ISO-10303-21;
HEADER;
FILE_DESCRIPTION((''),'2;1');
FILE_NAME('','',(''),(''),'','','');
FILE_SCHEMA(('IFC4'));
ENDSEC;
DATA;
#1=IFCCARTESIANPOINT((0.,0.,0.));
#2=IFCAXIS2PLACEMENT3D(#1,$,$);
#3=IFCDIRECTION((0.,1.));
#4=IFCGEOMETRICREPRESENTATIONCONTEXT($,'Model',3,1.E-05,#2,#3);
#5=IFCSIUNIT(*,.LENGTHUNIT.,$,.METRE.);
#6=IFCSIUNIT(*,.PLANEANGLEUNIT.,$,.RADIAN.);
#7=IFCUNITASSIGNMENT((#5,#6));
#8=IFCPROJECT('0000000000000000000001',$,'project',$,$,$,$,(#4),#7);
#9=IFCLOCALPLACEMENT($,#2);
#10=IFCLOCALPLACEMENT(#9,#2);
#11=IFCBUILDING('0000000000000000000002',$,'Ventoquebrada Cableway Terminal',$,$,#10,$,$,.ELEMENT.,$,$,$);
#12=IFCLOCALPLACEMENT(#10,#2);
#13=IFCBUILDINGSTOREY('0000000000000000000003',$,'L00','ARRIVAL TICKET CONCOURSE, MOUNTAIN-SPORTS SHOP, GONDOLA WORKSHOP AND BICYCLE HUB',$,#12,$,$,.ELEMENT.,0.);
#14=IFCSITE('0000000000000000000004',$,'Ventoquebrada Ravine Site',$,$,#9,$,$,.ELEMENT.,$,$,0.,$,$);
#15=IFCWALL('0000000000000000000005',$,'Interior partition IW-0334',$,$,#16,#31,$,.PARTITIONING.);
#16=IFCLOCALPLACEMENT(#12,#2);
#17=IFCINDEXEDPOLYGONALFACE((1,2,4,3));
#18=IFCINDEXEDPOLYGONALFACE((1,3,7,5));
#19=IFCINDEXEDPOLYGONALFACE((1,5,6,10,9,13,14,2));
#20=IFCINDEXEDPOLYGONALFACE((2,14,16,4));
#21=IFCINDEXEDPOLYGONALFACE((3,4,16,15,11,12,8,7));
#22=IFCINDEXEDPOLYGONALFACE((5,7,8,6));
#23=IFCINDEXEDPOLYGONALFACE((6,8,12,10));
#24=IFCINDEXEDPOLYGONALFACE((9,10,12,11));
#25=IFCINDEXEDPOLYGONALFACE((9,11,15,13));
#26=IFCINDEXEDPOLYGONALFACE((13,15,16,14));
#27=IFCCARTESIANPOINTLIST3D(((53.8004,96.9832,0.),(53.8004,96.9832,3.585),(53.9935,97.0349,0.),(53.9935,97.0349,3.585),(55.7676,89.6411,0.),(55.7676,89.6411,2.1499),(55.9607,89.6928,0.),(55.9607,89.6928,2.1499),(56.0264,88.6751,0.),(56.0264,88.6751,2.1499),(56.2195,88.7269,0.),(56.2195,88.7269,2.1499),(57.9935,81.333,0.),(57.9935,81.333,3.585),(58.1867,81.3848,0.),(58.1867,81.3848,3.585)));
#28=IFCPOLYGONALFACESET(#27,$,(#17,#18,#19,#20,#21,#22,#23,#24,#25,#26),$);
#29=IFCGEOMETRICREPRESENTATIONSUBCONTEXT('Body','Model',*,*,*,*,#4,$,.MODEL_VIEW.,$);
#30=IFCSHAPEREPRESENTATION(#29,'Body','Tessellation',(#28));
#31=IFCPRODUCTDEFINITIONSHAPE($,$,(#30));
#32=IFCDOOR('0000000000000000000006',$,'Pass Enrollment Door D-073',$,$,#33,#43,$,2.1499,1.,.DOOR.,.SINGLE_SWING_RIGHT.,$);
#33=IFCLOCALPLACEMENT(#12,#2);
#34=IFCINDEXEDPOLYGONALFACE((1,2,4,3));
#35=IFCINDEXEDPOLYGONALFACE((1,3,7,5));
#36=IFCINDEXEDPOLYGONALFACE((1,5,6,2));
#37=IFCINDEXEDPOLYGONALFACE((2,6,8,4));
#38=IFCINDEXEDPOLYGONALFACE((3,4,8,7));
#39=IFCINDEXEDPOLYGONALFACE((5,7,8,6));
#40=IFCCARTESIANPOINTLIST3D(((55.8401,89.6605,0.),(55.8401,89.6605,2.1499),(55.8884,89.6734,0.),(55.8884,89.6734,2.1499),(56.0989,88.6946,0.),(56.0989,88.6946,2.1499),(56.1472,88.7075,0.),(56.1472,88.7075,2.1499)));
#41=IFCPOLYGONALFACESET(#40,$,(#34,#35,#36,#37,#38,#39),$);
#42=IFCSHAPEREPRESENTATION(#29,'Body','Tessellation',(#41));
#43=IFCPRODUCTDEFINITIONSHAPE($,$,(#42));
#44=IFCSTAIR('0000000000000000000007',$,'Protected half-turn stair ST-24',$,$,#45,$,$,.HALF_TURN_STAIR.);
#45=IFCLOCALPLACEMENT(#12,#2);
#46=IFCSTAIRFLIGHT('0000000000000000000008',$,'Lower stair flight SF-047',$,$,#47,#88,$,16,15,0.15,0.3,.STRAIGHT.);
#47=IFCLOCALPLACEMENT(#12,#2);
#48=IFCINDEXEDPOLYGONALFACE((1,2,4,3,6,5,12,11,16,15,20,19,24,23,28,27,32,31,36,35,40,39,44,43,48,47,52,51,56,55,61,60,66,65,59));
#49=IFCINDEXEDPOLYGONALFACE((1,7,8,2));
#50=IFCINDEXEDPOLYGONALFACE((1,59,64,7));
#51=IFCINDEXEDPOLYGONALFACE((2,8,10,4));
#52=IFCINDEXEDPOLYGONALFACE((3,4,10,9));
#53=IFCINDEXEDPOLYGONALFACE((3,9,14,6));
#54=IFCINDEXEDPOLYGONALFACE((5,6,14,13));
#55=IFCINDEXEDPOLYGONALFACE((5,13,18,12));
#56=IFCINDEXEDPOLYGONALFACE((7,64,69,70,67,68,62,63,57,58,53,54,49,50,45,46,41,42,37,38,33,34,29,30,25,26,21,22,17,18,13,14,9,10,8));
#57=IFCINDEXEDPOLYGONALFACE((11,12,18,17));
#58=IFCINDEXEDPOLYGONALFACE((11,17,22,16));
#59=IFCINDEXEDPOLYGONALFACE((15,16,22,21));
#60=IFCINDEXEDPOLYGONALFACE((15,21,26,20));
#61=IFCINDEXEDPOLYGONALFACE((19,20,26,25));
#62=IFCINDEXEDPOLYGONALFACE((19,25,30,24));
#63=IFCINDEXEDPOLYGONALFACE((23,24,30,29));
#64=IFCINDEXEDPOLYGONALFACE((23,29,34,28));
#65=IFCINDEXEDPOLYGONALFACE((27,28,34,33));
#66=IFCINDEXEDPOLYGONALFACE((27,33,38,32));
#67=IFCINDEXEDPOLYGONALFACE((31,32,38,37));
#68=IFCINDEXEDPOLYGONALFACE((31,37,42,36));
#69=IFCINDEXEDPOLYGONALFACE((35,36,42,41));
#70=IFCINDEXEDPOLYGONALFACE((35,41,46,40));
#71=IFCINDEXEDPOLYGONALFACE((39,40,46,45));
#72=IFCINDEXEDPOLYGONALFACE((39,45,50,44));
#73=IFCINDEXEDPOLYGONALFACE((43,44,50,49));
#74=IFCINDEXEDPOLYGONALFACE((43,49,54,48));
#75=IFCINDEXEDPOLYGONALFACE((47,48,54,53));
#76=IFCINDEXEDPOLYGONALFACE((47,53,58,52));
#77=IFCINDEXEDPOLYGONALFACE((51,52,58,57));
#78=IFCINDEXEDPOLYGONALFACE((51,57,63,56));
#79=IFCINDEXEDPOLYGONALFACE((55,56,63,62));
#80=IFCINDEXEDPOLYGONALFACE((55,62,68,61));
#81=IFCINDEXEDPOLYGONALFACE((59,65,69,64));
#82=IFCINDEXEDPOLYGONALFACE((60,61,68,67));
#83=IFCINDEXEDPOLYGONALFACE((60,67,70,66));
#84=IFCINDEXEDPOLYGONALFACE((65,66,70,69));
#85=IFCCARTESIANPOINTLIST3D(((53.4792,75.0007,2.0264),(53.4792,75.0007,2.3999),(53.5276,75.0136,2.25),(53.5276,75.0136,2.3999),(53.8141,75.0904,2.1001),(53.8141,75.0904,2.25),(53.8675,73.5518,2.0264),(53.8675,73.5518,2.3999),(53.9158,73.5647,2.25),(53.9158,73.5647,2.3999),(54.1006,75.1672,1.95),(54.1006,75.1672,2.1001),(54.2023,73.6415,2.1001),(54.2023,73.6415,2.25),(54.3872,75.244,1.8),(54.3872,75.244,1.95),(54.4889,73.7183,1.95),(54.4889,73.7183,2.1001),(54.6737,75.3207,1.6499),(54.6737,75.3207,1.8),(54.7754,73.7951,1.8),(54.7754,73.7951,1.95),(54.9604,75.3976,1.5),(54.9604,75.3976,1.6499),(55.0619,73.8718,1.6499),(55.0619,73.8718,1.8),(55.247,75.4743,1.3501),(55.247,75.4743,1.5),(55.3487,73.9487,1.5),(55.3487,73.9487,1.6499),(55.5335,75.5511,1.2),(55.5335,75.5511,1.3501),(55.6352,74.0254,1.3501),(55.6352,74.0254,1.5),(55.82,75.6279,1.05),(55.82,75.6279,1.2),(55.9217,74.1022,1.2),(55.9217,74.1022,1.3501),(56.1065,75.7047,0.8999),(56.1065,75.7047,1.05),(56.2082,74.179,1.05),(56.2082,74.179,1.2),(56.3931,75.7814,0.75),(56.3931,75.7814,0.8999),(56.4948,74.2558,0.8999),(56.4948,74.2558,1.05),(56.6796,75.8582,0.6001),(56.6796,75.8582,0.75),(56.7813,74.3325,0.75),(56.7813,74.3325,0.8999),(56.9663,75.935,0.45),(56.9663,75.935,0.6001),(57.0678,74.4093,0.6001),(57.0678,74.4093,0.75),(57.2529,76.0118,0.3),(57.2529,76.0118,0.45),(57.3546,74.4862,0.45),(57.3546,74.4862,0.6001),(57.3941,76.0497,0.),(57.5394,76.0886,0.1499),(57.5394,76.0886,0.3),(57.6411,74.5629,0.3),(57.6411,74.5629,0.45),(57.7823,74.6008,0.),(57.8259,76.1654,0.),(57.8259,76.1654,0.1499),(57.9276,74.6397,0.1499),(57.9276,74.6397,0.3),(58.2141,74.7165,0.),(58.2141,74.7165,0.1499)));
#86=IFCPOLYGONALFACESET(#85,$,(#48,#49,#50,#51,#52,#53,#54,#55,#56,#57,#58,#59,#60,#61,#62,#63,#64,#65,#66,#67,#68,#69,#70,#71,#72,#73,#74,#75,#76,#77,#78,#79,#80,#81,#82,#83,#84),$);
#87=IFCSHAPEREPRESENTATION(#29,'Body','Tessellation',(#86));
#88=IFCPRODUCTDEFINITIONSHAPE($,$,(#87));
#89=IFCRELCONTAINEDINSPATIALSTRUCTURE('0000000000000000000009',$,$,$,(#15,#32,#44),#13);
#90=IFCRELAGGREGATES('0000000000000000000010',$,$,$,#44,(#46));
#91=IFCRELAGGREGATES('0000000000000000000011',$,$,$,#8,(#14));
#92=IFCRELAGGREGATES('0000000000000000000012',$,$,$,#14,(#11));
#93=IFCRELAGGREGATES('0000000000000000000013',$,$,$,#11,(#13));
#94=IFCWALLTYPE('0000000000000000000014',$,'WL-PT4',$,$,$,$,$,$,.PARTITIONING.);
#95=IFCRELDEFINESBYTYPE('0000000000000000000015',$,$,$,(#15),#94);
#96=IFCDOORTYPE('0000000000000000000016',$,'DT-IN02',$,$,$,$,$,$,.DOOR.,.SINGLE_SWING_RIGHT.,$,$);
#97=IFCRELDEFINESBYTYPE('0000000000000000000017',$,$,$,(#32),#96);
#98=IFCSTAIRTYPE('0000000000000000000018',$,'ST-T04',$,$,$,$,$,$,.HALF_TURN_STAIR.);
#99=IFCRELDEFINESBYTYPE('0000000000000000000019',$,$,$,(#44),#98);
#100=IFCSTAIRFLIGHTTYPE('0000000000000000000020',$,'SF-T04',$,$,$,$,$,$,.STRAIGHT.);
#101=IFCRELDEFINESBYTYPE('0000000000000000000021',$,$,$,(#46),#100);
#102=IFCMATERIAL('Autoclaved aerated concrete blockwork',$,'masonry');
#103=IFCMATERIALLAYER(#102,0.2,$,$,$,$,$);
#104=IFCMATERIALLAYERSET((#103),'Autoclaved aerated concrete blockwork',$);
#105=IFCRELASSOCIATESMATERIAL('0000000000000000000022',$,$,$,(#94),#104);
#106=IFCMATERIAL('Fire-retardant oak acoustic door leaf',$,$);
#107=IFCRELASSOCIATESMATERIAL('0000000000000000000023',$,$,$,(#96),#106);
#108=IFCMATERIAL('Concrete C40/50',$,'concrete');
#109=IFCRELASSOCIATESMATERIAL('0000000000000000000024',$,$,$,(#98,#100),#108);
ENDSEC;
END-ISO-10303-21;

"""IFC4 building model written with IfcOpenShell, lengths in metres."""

from ifc_helpers import new_model, si_unit, direction, frame, frame_2d, origin, place, context, subcontext, project, spatial, polyline, rectangle, outline, extrude, material, layer, layer_set, type_object, element, fill, aggregate, save


model = new_model("IFC4")

# Units and contexts
model_context = context("Model", 3, precision=1e-05, world=origin(), true_north=direction((0.0, 1.0)))
body_context = subcontext(model_context, "Body", "Model", "MODEL_VIEW")
ifc_project = project(units=[si_unit("LENGTHUNIT", "METRE"), si_unit("PLANEANGLEUNIT", "RADIAN")], contexts=[model_context])

# Site, building, storey
site_placement = place(None, origin())
site = spatial("IfcSite", under=ifc_project, at=site_placement, Name="Ventoquebrada Ravine Site", CompositionType="ELEMENT", RefElevation=0.0)
building_placement = place(site_placement, origin())
building = spatial("IfcBuilding", under=site, at=building_placement, Name="Ventoquebrada Cableway Terminal", CompositionType="ELEMENT")
storey_placement = place(building_placement, origin())
storey = spatial("IfcBuildingStorey", under=building, at=storey_placement, Name="L00", Description="ARRIVAL TICKET CONCOURSE, MOUNTAIN-SPORTS SHOP, GONDOLA WORKSHOP AND BICYCLE HUB", CompositionType="ELEMENT", Elevation=0.0)

# Shared definitions
ifc_material_1 = material(Name="Concrete C40/50", Category="concrete")

# Wall, opening, door
ifc_material_2 = material(Name="Autoclaved aerated concrete blockwork", Category="masonry")
ifc_layer_1 = layer(ifc_material_2, 0.2)
ifc_layer_set_1 = layer_set([ifc_layer_1], Name="Autoclaved aerated concrete blockwork")
wall_type_1 = type_object("IfcWallType", Name="WL-PT4", PredefinedType="PARTITIONING", material=ifc_layer_set_1)
wall_1_placement = place(storey_placement, frame((58.0901, 81.3589, 0.0), z_axis=(0.0, 0.0, 1.0), x_axis=(-0.2588, 0.965931, 0.0)))
wall_1 = element("IfcWall", 1, at=wall_1_placement, inside=storey, type_object=wall_type_1, Name="Interior partition IW-0334", PredefinedType="PARTITIONING", context=body_context, shape_type="SweptSolid", body=[
    extrude(rectangle(XDim=16.2021, YDim=0.2, at=frame_2d((8.1011, 0.0))), origin(), (0.0, 0.0, 1.0), 3.585),
])
opening_1_placement = place(wall_1_placement, frame((7.6011, 0.0, 0.0)))
opening_1 = element("IfcOpeningElement", 2, at=opening_1_placement, cuts=wall_1, PredefinedType="OPENING", context=body_context, shape_type="SweptSolid", body=[
    extrude(rectangle(XDim=1.0, YDim=2.1499, at=frame_2d((0.5, 1.075))), frame((0.0, 0.1099, 0.0), z_axis=(0.0, -1.0, 0.0), x_axis=(1.0, 0.0, 0.0)), (0.0, 0.0, 1.0), 0.22),
])
ifc_material_3 = material(Name="Fire-retardant oak acoustic door leaf")
door_type_1 = type_object("IfcDoorType", Name="DT-IN02", OperationType="SINGLE_SWING_RIGHT", PredefinedType="DOOR", material=ifc_material_3)
door_1_placement = place(opening_1_placement, origin())
door_1 = element("IfcDoor", 3, at=door_1_placement, inside=storey, type_object=door_type_1, Name="Pass Enrollment Door D-073", OperationType="SINGLE_SWING_RIGHT", OverallHeight=2.1499, OverallWidth=1.0, PredefinedType="DOOR", context=body_context, shape_type="SweptSolid", body=[
    extrude(rectangle(XDim=1.0, YDim=2.1499, at=frame_2d((0.5, 1.075))), frame((0.0, 0.0249, 0.0), z_axis=(0.0, -1.0, 0.0), x_axis=(1.0, 0.0, 0.0)), (0.0, 0.0, 1.0), 0.05),
])
fill(opening_1, door_1)

# Stair, stair flight
stair_type = type_object("IfcStairType", Name="ST-T04", PredefinedType="HALF_TURN_STAIR", material=ifc_material_1)
stair_placement = place(storey_placement, origin())
stair = element("IfcStair", 4, at=stair_placement, inside=storey, type_object=stair_type, Name="Protected half-turn stair ST-24", PredefinedType="HALF_TURN_STAIR")
stair_flight_type = type_object("IfcStairFlightType", Name="SF-T04", PredefinedType="STRAIGHT", material=ifc_material_1)
stair_flight_placement = place(storey_placement, frame((58.02, 75.4409, 0.0), z_axis=(0.0, 0.0, 1.0), x_axis=(-0.965926, -0.258819, 0.0)))
stair_flight = element("IfcStairFlight", 5, at=stair_flight_placement, type_object=stair_flight_type, Name="Lower stair flight SF-047", NumberOfRisers=16, NumberOfTreads=15, PredefinedType="STRAIGHT", RiserHeight=0.15, TreadLength=0.3, context=body_context, shape_type="SweptSolid", body=[
    extrude(outline(polyline([(0.0, 0.0), (0.0, 0.1499), (0.2966, 0.1499), (0.2966, 0.3), (0.5933, 0.3), (0.5933, 0.45), (0.8899, 0.45), (0.8899, 0.6001), (1.1868, 0.6001), (1.1868, 0.75), (1.4834, 0.75), (1.4834, 0.8999), (1.78, 0.8999), (1.78, 1.05), (2.0767, 1.05), (2.0767, 1.2), (2.3733, 1.2), (2.3733, 1.3501), (2.6699, 1.3501), (2.6699, 1.5), (2.9666, 1.5), (2.9666, 1.6499), (3.2634, 1.6499), (3.2634, 1.8), (3.5601, 1.8), (3.5601, 1.95), (3.8567, 1.95), (3.8567, 2.1001), (4.1533, 2.1001), (4.1533, 2.25), (4.45, 2.25), (4.45, 2.3999), (4.5, 2.3999), (4.5, 2.0264), (0.447, 0.0), (0.0, 0.0)])), frame((0.0, 0.75, 0.0), z_axis=(0.0, -1.0, 0.0), x_axis=(1.0, 0.0, 0.0)), (0.0, 0.0, 1.0), 1.5),
])
aggregate(stair, [stair_flight])

save(model, "model.ifc")
